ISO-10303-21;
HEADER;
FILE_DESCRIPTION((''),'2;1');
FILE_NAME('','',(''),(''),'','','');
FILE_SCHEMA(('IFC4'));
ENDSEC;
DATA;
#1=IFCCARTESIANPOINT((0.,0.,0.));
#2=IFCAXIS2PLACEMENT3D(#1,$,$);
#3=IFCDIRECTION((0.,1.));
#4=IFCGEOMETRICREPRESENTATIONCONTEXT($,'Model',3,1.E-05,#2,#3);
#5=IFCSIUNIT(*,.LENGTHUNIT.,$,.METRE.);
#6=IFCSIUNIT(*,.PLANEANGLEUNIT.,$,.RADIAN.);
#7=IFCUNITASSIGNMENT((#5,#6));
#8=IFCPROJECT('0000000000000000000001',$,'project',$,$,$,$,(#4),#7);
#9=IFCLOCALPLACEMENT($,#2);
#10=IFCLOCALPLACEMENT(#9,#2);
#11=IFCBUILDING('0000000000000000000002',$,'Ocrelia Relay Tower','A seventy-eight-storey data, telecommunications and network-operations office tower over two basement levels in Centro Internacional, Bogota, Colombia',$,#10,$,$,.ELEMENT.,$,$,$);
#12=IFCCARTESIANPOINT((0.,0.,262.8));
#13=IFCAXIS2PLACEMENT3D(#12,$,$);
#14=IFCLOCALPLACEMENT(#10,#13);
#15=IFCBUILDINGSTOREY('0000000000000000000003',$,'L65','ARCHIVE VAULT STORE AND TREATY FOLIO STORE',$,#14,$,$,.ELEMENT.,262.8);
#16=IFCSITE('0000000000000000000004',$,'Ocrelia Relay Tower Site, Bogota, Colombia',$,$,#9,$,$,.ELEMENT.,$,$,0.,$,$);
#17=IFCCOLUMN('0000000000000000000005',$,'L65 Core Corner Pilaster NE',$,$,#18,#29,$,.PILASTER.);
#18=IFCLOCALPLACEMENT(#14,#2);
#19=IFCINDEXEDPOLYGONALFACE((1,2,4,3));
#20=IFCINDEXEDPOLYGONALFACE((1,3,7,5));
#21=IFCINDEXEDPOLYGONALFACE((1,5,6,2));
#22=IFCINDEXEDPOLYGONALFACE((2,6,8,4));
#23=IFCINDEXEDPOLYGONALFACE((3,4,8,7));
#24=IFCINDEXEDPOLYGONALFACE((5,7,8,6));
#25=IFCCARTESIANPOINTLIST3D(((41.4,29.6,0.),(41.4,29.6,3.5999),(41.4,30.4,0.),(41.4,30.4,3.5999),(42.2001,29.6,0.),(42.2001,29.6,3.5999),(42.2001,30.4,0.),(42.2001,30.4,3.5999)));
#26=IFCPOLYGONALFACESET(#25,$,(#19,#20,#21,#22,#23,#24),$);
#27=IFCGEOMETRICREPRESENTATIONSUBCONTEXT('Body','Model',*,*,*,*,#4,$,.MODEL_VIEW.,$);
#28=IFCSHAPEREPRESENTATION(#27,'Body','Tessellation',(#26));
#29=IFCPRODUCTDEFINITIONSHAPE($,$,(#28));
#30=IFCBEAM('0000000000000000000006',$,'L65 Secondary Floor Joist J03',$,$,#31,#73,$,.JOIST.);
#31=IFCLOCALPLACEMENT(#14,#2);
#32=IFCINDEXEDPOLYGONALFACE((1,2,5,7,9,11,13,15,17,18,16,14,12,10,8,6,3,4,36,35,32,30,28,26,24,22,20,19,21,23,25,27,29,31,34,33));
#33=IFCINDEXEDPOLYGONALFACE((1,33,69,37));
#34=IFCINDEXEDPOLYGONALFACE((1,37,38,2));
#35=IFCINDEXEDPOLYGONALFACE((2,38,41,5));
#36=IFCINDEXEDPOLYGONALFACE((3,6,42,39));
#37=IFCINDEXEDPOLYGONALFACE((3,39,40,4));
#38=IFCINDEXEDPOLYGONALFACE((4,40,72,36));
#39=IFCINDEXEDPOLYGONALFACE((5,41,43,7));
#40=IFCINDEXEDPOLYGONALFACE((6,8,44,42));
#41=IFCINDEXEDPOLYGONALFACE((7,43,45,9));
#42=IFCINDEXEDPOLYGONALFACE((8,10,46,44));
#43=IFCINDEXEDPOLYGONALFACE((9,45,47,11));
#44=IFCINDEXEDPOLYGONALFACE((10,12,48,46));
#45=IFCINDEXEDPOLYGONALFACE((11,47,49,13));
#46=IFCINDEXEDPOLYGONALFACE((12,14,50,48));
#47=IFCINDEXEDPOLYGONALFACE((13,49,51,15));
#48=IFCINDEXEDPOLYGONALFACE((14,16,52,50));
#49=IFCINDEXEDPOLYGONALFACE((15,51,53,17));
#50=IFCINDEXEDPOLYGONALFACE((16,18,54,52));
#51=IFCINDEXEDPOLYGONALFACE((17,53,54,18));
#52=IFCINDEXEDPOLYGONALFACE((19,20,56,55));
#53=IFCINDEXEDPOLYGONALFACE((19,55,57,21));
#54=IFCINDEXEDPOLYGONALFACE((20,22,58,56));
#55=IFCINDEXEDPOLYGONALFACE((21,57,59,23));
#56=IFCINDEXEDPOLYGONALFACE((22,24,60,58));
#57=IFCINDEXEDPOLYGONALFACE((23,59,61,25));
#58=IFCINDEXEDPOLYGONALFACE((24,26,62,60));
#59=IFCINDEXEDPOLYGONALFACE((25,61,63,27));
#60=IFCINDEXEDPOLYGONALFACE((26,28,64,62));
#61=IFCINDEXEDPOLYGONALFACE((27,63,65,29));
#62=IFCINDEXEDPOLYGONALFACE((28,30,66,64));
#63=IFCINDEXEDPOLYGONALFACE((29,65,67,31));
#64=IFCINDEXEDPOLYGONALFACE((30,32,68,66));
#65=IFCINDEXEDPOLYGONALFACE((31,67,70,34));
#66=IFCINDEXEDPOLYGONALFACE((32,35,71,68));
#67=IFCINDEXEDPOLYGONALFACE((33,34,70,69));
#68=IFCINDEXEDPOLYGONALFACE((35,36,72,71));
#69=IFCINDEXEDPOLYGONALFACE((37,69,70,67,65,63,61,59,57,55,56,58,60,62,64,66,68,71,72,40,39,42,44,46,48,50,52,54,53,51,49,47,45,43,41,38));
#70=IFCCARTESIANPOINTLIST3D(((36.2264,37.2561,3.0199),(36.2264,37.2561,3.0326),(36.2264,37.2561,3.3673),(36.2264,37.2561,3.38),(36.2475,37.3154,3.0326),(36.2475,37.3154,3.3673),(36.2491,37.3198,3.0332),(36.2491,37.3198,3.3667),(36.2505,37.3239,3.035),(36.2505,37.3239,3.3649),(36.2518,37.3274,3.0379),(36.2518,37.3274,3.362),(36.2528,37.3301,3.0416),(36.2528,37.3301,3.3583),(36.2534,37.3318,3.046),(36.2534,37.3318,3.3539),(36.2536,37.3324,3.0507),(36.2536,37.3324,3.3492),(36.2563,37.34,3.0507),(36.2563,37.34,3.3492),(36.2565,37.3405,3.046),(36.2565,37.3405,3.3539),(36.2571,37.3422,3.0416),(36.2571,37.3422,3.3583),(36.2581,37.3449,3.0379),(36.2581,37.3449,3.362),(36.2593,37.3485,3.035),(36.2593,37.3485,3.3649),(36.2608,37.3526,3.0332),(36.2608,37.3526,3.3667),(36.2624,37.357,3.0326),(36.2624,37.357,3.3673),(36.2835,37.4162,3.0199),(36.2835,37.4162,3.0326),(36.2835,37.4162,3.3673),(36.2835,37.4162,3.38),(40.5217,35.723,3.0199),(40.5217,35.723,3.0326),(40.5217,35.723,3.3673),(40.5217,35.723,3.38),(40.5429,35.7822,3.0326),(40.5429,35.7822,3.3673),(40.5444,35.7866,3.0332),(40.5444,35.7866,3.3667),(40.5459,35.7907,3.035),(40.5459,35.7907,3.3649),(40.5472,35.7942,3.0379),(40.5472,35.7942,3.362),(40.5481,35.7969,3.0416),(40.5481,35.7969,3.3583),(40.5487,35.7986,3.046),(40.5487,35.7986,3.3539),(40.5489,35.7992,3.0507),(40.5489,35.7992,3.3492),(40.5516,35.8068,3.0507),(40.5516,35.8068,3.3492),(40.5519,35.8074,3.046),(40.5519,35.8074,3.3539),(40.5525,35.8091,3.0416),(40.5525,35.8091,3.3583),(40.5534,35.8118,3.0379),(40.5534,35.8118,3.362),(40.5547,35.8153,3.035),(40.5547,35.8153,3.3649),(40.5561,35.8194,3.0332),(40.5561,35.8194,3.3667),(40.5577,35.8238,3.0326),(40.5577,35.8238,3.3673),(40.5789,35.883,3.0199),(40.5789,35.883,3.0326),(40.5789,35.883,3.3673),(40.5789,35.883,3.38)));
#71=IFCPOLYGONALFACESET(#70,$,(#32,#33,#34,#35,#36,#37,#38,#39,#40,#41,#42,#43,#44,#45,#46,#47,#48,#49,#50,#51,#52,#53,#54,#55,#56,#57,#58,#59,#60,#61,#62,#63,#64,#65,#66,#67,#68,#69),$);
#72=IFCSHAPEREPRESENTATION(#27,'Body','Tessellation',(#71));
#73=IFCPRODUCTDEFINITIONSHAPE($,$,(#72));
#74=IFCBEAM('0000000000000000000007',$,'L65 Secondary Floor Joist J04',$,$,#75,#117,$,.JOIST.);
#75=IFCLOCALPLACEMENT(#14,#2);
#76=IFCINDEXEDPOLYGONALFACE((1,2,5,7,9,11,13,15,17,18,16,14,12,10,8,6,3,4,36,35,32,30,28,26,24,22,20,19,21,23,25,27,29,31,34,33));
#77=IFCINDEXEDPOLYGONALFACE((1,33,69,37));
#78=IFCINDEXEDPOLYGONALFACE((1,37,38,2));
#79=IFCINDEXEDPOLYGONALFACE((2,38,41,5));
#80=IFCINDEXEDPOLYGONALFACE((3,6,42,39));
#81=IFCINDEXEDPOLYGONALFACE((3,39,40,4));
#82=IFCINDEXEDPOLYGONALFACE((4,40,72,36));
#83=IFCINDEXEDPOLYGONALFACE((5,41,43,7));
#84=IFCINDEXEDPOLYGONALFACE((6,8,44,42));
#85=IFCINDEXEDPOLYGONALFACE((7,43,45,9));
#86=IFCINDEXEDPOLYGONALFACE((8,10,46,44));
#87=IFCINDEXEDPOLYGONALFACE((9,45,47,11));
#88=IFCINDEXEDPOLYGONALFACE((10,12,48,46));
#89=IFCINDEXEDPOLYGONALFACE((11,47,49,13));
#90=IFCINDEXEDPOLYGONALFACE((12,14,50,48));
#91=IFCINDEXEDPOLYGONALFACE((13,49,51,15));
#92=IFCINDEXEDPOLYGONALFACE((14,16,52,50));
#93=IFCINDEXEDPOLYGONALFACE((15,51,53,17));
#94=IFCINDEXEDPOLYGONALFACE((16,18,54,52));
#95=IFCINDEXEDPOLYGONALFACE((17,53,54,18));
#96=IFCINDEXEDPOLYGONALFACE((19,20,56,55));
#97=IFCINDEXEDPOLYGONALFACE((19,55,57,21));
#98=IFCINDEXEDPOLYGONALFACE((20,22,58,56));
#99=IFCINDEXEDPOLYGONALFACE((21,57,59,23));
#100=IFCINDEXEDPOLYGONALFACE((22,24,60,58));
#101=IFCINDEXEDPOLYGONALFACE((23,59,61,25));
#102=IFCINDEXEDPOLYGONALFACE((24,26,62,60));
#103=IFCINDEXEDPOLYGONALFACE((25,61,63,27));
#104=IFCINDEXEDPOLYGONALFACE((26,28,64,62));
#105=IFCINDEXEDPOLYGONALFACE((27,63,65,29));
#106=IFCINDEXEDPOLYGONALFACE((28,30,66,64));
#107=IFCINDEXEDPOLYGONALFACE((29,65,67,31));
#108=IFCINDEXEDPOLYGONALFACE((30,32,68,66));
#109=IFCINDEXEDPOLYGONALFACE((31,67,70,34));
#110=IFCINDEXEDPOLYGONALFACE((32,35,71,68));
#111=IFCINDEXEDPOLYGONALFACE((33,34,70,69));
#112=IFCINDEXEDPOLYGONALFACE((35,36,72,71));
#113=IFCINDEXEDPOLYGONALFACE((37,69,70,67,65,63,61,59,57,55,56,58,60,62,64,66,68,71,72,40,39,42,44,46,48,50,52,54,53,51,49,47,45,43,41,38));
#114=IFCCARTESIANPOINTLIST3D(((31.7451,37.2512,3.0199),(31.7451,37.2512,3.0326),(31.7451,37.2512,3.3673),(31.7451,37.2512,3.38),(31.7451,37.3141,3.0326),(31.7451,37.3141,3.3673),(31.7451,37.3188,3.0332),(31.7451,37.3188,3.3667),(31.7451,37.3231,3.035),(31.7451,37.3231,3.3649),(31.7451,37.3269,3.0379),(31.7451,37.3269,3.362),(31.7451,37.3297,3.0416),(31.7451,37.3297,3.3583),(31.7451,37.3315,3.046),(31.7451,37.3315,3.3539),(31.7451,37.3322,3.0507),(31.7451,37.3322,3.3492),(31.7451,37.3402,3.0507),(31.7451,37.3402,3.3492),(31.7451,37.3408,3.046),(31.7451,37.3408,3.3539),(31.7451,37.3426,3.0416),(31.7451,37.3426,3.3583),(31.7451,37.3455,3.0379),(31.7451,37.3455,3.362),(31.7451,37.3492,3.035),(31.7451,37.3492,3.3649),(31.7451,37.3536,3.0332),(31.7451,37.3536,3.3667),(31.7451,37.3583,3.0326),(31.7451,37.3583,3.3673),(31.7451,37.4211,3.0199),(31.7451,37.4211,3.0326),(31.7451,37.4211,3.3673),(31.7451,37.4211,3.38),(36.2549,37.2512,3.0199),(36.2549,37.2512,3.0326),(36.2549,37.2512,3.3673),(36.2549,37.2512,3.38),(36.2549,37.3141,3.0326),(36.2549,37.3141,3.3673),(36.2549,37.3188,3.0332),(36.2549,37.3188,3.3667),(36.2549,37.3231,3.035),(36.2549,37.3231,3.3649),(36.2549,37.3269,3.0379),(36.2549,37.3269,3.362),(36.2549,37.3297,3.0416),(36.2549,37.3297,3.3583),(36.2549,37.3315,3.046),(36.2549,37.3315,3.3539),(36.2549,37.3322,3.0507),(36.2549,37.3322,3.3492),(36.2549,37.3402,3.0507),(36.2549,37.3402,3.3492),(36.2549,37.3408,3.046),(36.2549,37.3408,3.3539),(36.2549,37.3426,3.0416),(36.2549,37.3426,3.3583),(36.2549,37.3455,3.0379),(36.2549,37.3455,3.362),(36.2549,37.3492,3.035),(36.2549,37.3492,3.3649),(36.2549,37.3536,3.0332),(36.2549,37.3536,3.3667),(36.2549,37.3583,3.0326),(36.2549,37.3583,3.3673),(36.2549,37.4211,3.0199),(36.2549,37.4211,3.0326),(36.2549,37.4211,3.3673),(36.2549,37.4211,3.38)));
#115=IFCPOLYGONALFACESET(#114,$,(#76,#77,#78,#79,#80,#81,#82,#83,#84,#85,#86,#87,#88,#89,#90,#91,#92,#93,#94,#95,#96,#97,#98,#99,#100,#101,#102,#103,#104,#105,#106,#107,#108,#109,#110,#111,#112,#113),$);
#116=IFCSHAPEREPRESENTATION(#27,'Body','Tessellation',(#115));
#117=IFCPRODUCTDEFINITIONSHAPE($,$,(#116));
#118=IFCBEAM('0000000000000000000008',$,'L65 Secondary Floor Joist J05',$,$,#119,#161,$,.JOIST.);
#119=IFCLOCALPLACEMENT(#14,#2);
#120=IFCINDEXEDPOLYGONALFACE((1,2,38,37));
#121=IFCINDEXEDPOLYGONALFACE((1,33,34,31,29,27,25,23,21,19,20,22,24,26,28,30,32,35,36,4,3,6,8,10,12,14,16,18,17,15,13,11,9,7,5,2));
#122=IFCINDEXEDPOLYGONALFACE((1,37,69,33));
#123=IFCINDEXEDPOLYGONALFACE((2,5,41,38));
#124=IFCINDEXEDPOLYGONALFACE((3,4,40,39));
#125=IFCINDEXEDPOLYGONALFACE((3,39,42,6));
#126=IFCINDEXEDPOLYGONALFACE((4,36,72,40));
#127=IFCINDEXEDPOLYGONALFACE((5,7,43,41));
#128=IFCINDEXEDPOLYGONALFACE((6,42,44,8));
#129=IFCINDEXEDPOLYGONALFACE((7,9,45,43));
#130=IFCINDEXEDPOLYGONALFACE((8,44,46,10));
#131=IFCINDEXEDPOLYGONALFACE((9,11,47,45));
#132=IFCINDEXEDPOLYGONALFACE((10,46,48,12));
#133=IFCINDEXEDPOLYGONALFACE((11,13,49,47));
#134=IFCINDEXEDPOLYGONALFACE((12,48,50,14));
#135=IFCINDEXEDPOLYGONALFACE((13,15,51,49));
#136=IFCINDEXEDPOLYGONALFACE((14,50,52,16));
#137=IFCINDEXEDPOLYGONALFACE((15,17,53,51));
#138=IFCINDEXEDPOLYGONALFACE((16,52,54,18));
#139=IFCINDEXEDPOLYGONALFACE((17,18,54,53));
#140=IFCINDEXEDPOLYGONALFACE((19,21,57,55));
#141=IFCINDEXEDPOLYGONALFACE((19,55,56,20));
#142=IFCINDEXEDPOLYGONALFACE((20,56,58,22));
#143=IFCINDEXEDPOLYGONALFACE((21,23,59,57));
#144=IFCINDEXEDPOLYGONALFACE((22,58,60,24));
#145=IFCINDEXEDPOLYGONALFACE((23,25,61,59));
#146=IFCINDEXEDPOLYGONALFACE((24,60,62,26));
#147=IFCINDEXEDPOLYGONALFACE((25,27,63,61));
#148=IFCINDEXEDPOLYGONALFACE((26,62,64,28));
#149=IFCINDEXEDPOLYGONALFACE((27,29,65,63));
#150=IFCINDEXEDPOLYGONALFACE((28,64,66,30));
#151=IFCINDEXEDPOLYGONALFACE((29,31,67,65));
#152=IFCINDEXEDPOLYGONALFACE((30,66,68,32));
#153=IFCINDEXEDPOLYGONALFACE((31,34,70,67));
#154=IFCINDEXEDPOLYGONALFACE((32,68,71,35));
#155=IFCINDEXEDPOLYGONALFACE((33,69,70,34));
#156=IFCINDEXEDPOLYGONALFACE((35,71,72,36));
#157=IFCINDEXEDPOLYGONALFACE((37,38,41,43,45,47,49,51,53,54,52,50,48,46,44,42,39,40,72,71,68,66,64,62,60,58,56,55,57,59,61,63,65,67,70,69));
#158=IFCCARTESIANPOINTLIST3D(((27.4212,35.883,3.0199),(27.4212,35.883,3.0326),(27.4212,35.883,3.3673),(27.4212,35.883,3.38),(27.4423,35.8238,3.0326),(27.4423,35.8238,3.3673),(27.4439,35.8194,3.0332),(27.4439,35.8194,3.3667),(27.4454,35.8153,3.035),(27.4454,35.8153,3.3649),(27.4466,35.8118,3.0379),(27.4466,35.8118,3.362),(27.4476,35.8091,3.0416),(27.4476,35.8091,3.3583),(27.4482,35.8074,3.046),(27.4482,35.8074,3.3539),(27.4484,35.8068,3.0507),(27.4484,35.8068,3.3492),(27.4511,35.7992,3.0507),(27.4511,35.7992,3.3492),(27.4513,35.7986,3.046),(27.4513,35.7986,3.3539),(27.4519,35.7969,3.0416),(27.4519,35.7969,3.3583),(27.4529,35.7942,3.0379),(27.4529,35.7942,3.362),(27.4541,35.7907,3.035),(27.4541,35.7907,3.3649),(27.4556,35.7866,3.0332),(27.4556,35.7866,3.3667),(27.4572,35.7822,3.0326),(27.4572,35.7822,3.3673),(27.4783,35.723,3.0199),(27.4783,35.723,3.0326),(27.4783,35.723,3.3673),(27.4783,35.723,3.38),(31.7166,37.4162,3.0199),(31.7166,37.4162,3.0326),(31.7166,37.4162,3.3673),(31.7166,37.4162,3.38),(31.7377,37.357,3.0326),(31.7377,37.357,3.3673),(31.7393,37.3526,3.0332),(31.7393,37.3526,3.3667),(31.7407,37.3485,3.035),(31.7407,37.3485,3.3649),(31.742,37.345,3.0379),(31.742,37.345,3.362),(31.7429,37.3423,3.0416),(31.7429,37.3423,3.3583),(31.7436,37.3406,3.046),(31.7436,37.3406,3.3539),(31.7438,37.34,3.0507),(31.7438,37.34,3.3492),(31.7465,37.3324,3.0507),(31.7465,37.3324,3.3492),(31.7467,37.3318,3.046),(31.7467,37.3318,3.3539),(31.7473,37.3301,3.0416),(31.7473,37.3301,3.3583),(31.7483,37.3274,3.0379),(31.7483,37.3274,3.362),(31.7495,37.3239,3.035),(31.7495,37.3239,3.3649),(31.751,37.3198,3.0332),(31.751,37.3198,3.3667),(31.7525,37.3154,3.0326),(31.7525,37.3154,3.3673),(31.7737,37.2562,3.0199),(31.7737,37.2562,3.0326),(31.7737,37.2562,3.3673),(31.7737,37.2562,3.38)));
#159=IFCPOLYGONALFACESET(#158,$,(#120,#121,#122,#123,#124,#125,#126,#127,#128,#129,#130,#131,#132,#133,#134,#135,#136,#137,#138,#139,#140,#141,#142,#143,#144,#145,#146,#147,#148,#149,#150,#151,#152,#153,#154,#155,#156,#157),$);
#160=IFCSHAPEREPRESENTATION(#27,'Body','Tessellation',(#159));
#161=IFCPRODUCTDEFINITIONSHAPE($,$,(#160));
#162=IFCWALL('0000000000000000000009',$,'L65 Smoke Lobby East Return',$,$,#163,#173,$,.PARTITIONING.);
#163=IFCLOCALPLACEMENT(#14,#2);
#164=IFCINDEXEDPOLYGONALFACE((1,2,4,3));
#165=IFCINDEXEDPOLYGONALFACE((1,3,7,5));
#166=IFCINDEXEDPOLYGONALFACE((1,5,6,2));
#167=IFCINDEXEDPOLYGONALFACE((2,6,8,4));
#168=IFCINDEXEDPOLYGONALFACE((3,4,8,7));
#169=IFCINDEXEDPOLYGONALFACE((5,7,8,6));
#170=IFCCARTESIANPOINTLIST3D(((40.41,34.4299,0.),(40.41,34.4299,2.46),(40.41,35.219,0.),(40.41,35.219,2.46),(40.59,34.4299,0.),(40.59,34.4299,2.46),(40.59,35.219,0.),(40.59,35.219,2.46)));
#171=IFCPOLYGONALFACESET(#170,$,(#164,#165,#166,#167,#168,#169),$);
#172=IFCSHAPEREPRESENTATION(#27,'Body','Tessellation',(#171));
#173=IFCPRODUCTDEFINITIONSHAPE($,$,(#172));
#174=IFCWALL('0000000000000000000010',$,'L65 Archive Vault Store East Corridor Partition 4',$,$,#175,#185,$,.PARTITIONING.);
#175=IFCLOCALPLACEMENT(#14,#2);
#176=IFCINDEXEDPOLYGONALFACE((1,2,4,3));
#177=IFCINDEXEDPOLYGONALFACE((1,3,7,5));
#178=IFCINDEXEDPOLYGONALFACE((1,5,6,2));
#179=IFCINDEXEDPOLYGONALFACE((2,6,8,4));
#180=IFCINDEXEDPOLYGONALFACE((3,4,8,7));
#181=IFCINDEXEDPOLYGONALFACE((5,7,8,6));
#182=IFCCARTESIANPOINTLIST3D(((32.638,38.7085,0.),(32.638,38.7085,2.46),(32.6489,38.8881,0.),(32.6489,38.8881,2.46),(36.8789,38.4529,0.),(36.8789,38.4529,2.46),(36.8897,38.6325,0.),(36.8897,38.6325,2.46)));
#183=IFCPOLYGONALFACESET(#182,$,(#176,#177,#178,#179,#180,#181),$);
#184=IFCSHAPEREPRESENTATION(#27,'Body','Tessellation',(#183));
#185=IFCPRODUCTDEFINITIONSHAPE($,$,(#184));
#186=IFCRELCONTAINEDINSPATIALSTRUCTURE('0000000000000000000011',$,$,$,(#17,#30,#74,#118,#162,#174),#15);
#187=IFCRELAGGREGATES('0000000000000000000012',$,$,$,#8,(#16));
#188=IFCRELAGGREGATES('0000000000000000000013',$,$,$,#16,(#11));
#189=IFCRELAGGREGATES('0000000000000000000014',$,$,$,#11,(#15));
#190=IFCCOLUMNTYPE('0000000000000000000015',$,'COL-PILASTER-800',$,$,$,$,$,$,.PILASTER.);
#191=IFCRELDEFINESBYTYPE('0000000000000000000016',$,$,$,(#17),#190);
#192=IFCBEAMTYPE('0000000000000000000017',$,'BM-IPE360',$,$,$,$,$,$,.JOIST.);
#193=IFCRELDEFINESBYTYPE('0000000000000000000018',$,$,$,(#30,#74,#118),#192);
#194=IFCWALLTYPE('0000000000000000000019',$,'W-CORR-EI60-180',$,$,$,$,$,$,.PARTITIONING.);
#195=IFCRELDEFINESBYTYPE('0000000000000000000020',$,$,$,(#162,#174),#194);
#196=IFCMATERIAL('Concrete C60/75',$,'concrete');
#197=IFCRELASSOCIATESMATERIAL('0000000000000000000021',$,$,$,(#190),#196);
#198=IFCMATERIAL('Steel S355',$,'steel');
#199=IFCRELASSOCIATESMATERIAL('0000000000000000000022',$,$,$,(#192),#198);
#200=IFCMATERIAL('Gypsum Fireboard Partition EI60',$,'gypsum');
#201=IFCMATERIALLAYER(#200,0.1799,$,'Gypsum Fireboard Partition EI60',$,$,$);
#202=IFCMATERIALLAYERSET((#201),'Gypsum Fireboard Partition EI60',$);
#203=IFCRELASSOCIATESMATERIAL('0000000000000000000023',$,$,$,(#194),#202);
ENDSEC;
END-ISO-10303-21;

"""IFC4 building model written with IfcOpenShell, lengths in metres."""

from ifc_helpers import new_model, si_unit, direction, frame, frame_2d, origin, origin_2d, place, context, subcontext, project, spatial, rectangle, i_section, extrude, material, layer, layer_set, material_profile, profile_set, type_object, element, save


model = new_model("IFC4")

# Units and contexts
model_context = context("Model", 3, precision=1e-05, world=origin(), true_north=direction((0.0, 1.0)))
body_context = subcontext(model_context, "Body", "Model", "MODEL_VIEW")
ifc_project = project(units=[si_unit("LENGTHUNIT", "METRE"), si_unit("PLANEANGLEUNIT", "RADIAN")], contexts=[model_context])

# Site, building, storey
site_placement = place(None, origin())
site = spatial("IfcSite", under=ifc_project, at=site_placement, Name="Ocrelia Relay Tower Site, Bogota, Colombia", CompositionType="ELEMENT", RefElevation=0.0)
building_placement = place(site_placement, origin())
building = spatial("IfcBuilding", under=site, at=building_placement, Name="Ocrelia Relay Tower", Description="A seventy-eight-storey data, telecommunications and network-operations office tower over two basement levels in Centro Internacional, Bogota, Colombia", CompositionType="ELEMENT")
storey_placement = place(building_placement, frame((0.0, 0.0, 262.8)))
storey = spatial("IfcBuildingStorey", under=building, at=storey_placement, Name="L65", Description="ARCHIVE VAULT STORE AND TREATY FOLIO STORE", CompositionType="ELEMENT", Elevation=262.8)

# Column
ifc_material_1 = material(Name="Concrete C60/75", Category="concrete")
ifc_material_profile_1 = material_profile(ifc_material_1, rectangle(XDim=0.8, YDim=0.8, at=origin_2d()), Name="RC-COL-800x800")
ifc_profile_set_1 = profile_set([ifc_material_profile_1], Name="Concrete C60/75")
column_type = type_object("IfcColumnType", Name="COL-PILASTER-800", PredefinedType="PILASTER", material=ifc_profile_set_1)
column_placement = place(storey_placement, frame((41.8, 30.0, 0.0), z_axis=(0.0, 0.0, 1.0), x_axis=(1.0, 0.0, 0.0)))
element("IfcColumn", 1, at=column_placement, inside=storey, type_object=column_type, Name="L65 Core Corner Pilaster NE", PredefinedType="PILASTER", context=body_context, shape_type="SweptSolid", body=[
    extrude(rectangle(XDim=0.8, YDim=0.8, at=origin_2d()), origin(), (0.0, 0.0, 1.0), 3.5999),
])

# Beams
ifc_material_2 = material(Name="Steel S355", Category="steel")
ifc_material_profile_2 = material_profile(ifc_material_2, i_section(OverallWidth=0.1699, OverallDepth=0.3601, WebThickness=0.0081, FlangeThickness=0.0127, FilletRadius=0.0181, at=origin_2d()), Name="IPE 360")
ifc_profile_set_2 = profile_set([ifc_material_profile_2], Name="Steel S355")
beam_type = type_object("IfcBeamType", Name="BM-IPE360", PredefinedType="JOIST", material=ifc_profile_set_2)
beam_1_placement = place(storey_placement, frame((40.5503, 35.803, 3.2), z_axis=(-0.941802, 0.336167, 0.0), x_axis=(-0.336167, -0.941802, 0.0)))
element("IfcBeam", 2, at=beam_1_placement, inside=storey, type_object=beam_type, Name="L65 Secondary Floor Joist J03", PredefinedType="JOIST", context=body_context, shape_type="SweptSolid", body=[
    extrude(i_section(OverallWidth=0.1699, OverallDepth=0.3601, WebThickness=0.0081, FlangeThickness=0.0127, FilletRadius=0.0181, at=origin_2d()), origin(), (0.0, 0.0, 1.0), 4.5608),
])
beam_2_placement = place(storey_placement, frame((36.2549, 37.3362, 3.2), z_axis=(-1.0, 0.0, 0.0), x_axis=(0.0, -1.0, 0.0)))
element("IfcBeam", 3, at=beam_2_placement, inside=storey, type_object=beam_type, Name="L65 Secondary Floor Joist J04", PredefinedType="JOIST", context=body_context, shape_type="SweptSolid", body=[
    extrude(i_section(OverallWidth=0.1699, OverallDepth=0.3601, WebThickness=0.0081, FlangeThickness=0.0127, FilletRadius=0.0181, at=origin_2d()), origin(), (0.0, 0.0, 1.0), 4.5098),
])
beam_3_placement = place(storey_placement, frame((31.7451, 37.3362, 3.2), z_axis=(-0.941802, -0.336167, 0.0), x_axis=(0.336167, -0.941802, 0.0)))
element("IfcBeam", 4, at=beam_3_placement, inside=storey, type_object=beam_type, Name="L65 Secondary Floor Joist J05", PredefinedType="JOIST", context=body_context, shape_type="SweptSolid", body=[
    extrude(i_section(OverallWidth=0.1699, OverallDepth=0.3601, WebThickness=0.0081, FlangeThickness=0.0127, FilletRadius=0.0181, at=origin_2d()), origin(), (0.0, 0.0, 1.0), 4.5608),
])

# Wall
ifc_material_3 = material(Name="Gypsum Fireboard Partition EI60", Category="gypsum")
ifc_layer_1 = layer(ifc_material_3, 0.1799, Name="Gypsum Fireboard Partition EI60")
ifc_layer_set_1 = layer_set([ifc_layer_1], Name="Gypsum Fireboard Partition EI60")
wall_type_1 = type_object("IfcWallType", Name="W-CORR-EI60-180", PredefinedType="PARTITIONING", material=ifc_layer_set_1)
wall_1_placement = place(storey_placement, frame((40.5, 35.219, 0.0), z_axis=(0.0, 0.0, 1.0), x_axis=(0.0, -1.0, 0.0)))
element("IfcWall", 5, at=wall_1_placement, inside=storey, type_object=wall_type_1, Name="L65 Smoke Lobby East Return", PredefinedType="PARTITIONING", context=body_context, shape_type="SweptSolid", body=[
    extrude(rectangle(XDim=0.7891, YDim=0.1799, at=frame_2d((0.3945, 0.0))), origin(), (0.0, 0.0, 1.0), 2.46),
])

# Wall
wall_2_placement = place(storey_placement, frame((36.8843, 38.5427, 0.0), z_axis=(0.0, 0.0, 1.0), x_axis=(-0.998188, 0.060167, 0.0)))
element("IfcWall", 6, at=wall_2_placement, inside=storey, type_object=wall_type_1, Name="L65 Archive Vault Store East Corridor Partition 4", PredefinedType="PARTITIONING", context=body_context, shape_type="SweptSolid", body=[
    extrude(rectangle(XDim=4.2485, YDim=0.1799, at=frame_2d((2.1243, 0.0))), origin(), (0.0, 0.0, 1.0), 2.46),
])

save(model, "model.ifc")
